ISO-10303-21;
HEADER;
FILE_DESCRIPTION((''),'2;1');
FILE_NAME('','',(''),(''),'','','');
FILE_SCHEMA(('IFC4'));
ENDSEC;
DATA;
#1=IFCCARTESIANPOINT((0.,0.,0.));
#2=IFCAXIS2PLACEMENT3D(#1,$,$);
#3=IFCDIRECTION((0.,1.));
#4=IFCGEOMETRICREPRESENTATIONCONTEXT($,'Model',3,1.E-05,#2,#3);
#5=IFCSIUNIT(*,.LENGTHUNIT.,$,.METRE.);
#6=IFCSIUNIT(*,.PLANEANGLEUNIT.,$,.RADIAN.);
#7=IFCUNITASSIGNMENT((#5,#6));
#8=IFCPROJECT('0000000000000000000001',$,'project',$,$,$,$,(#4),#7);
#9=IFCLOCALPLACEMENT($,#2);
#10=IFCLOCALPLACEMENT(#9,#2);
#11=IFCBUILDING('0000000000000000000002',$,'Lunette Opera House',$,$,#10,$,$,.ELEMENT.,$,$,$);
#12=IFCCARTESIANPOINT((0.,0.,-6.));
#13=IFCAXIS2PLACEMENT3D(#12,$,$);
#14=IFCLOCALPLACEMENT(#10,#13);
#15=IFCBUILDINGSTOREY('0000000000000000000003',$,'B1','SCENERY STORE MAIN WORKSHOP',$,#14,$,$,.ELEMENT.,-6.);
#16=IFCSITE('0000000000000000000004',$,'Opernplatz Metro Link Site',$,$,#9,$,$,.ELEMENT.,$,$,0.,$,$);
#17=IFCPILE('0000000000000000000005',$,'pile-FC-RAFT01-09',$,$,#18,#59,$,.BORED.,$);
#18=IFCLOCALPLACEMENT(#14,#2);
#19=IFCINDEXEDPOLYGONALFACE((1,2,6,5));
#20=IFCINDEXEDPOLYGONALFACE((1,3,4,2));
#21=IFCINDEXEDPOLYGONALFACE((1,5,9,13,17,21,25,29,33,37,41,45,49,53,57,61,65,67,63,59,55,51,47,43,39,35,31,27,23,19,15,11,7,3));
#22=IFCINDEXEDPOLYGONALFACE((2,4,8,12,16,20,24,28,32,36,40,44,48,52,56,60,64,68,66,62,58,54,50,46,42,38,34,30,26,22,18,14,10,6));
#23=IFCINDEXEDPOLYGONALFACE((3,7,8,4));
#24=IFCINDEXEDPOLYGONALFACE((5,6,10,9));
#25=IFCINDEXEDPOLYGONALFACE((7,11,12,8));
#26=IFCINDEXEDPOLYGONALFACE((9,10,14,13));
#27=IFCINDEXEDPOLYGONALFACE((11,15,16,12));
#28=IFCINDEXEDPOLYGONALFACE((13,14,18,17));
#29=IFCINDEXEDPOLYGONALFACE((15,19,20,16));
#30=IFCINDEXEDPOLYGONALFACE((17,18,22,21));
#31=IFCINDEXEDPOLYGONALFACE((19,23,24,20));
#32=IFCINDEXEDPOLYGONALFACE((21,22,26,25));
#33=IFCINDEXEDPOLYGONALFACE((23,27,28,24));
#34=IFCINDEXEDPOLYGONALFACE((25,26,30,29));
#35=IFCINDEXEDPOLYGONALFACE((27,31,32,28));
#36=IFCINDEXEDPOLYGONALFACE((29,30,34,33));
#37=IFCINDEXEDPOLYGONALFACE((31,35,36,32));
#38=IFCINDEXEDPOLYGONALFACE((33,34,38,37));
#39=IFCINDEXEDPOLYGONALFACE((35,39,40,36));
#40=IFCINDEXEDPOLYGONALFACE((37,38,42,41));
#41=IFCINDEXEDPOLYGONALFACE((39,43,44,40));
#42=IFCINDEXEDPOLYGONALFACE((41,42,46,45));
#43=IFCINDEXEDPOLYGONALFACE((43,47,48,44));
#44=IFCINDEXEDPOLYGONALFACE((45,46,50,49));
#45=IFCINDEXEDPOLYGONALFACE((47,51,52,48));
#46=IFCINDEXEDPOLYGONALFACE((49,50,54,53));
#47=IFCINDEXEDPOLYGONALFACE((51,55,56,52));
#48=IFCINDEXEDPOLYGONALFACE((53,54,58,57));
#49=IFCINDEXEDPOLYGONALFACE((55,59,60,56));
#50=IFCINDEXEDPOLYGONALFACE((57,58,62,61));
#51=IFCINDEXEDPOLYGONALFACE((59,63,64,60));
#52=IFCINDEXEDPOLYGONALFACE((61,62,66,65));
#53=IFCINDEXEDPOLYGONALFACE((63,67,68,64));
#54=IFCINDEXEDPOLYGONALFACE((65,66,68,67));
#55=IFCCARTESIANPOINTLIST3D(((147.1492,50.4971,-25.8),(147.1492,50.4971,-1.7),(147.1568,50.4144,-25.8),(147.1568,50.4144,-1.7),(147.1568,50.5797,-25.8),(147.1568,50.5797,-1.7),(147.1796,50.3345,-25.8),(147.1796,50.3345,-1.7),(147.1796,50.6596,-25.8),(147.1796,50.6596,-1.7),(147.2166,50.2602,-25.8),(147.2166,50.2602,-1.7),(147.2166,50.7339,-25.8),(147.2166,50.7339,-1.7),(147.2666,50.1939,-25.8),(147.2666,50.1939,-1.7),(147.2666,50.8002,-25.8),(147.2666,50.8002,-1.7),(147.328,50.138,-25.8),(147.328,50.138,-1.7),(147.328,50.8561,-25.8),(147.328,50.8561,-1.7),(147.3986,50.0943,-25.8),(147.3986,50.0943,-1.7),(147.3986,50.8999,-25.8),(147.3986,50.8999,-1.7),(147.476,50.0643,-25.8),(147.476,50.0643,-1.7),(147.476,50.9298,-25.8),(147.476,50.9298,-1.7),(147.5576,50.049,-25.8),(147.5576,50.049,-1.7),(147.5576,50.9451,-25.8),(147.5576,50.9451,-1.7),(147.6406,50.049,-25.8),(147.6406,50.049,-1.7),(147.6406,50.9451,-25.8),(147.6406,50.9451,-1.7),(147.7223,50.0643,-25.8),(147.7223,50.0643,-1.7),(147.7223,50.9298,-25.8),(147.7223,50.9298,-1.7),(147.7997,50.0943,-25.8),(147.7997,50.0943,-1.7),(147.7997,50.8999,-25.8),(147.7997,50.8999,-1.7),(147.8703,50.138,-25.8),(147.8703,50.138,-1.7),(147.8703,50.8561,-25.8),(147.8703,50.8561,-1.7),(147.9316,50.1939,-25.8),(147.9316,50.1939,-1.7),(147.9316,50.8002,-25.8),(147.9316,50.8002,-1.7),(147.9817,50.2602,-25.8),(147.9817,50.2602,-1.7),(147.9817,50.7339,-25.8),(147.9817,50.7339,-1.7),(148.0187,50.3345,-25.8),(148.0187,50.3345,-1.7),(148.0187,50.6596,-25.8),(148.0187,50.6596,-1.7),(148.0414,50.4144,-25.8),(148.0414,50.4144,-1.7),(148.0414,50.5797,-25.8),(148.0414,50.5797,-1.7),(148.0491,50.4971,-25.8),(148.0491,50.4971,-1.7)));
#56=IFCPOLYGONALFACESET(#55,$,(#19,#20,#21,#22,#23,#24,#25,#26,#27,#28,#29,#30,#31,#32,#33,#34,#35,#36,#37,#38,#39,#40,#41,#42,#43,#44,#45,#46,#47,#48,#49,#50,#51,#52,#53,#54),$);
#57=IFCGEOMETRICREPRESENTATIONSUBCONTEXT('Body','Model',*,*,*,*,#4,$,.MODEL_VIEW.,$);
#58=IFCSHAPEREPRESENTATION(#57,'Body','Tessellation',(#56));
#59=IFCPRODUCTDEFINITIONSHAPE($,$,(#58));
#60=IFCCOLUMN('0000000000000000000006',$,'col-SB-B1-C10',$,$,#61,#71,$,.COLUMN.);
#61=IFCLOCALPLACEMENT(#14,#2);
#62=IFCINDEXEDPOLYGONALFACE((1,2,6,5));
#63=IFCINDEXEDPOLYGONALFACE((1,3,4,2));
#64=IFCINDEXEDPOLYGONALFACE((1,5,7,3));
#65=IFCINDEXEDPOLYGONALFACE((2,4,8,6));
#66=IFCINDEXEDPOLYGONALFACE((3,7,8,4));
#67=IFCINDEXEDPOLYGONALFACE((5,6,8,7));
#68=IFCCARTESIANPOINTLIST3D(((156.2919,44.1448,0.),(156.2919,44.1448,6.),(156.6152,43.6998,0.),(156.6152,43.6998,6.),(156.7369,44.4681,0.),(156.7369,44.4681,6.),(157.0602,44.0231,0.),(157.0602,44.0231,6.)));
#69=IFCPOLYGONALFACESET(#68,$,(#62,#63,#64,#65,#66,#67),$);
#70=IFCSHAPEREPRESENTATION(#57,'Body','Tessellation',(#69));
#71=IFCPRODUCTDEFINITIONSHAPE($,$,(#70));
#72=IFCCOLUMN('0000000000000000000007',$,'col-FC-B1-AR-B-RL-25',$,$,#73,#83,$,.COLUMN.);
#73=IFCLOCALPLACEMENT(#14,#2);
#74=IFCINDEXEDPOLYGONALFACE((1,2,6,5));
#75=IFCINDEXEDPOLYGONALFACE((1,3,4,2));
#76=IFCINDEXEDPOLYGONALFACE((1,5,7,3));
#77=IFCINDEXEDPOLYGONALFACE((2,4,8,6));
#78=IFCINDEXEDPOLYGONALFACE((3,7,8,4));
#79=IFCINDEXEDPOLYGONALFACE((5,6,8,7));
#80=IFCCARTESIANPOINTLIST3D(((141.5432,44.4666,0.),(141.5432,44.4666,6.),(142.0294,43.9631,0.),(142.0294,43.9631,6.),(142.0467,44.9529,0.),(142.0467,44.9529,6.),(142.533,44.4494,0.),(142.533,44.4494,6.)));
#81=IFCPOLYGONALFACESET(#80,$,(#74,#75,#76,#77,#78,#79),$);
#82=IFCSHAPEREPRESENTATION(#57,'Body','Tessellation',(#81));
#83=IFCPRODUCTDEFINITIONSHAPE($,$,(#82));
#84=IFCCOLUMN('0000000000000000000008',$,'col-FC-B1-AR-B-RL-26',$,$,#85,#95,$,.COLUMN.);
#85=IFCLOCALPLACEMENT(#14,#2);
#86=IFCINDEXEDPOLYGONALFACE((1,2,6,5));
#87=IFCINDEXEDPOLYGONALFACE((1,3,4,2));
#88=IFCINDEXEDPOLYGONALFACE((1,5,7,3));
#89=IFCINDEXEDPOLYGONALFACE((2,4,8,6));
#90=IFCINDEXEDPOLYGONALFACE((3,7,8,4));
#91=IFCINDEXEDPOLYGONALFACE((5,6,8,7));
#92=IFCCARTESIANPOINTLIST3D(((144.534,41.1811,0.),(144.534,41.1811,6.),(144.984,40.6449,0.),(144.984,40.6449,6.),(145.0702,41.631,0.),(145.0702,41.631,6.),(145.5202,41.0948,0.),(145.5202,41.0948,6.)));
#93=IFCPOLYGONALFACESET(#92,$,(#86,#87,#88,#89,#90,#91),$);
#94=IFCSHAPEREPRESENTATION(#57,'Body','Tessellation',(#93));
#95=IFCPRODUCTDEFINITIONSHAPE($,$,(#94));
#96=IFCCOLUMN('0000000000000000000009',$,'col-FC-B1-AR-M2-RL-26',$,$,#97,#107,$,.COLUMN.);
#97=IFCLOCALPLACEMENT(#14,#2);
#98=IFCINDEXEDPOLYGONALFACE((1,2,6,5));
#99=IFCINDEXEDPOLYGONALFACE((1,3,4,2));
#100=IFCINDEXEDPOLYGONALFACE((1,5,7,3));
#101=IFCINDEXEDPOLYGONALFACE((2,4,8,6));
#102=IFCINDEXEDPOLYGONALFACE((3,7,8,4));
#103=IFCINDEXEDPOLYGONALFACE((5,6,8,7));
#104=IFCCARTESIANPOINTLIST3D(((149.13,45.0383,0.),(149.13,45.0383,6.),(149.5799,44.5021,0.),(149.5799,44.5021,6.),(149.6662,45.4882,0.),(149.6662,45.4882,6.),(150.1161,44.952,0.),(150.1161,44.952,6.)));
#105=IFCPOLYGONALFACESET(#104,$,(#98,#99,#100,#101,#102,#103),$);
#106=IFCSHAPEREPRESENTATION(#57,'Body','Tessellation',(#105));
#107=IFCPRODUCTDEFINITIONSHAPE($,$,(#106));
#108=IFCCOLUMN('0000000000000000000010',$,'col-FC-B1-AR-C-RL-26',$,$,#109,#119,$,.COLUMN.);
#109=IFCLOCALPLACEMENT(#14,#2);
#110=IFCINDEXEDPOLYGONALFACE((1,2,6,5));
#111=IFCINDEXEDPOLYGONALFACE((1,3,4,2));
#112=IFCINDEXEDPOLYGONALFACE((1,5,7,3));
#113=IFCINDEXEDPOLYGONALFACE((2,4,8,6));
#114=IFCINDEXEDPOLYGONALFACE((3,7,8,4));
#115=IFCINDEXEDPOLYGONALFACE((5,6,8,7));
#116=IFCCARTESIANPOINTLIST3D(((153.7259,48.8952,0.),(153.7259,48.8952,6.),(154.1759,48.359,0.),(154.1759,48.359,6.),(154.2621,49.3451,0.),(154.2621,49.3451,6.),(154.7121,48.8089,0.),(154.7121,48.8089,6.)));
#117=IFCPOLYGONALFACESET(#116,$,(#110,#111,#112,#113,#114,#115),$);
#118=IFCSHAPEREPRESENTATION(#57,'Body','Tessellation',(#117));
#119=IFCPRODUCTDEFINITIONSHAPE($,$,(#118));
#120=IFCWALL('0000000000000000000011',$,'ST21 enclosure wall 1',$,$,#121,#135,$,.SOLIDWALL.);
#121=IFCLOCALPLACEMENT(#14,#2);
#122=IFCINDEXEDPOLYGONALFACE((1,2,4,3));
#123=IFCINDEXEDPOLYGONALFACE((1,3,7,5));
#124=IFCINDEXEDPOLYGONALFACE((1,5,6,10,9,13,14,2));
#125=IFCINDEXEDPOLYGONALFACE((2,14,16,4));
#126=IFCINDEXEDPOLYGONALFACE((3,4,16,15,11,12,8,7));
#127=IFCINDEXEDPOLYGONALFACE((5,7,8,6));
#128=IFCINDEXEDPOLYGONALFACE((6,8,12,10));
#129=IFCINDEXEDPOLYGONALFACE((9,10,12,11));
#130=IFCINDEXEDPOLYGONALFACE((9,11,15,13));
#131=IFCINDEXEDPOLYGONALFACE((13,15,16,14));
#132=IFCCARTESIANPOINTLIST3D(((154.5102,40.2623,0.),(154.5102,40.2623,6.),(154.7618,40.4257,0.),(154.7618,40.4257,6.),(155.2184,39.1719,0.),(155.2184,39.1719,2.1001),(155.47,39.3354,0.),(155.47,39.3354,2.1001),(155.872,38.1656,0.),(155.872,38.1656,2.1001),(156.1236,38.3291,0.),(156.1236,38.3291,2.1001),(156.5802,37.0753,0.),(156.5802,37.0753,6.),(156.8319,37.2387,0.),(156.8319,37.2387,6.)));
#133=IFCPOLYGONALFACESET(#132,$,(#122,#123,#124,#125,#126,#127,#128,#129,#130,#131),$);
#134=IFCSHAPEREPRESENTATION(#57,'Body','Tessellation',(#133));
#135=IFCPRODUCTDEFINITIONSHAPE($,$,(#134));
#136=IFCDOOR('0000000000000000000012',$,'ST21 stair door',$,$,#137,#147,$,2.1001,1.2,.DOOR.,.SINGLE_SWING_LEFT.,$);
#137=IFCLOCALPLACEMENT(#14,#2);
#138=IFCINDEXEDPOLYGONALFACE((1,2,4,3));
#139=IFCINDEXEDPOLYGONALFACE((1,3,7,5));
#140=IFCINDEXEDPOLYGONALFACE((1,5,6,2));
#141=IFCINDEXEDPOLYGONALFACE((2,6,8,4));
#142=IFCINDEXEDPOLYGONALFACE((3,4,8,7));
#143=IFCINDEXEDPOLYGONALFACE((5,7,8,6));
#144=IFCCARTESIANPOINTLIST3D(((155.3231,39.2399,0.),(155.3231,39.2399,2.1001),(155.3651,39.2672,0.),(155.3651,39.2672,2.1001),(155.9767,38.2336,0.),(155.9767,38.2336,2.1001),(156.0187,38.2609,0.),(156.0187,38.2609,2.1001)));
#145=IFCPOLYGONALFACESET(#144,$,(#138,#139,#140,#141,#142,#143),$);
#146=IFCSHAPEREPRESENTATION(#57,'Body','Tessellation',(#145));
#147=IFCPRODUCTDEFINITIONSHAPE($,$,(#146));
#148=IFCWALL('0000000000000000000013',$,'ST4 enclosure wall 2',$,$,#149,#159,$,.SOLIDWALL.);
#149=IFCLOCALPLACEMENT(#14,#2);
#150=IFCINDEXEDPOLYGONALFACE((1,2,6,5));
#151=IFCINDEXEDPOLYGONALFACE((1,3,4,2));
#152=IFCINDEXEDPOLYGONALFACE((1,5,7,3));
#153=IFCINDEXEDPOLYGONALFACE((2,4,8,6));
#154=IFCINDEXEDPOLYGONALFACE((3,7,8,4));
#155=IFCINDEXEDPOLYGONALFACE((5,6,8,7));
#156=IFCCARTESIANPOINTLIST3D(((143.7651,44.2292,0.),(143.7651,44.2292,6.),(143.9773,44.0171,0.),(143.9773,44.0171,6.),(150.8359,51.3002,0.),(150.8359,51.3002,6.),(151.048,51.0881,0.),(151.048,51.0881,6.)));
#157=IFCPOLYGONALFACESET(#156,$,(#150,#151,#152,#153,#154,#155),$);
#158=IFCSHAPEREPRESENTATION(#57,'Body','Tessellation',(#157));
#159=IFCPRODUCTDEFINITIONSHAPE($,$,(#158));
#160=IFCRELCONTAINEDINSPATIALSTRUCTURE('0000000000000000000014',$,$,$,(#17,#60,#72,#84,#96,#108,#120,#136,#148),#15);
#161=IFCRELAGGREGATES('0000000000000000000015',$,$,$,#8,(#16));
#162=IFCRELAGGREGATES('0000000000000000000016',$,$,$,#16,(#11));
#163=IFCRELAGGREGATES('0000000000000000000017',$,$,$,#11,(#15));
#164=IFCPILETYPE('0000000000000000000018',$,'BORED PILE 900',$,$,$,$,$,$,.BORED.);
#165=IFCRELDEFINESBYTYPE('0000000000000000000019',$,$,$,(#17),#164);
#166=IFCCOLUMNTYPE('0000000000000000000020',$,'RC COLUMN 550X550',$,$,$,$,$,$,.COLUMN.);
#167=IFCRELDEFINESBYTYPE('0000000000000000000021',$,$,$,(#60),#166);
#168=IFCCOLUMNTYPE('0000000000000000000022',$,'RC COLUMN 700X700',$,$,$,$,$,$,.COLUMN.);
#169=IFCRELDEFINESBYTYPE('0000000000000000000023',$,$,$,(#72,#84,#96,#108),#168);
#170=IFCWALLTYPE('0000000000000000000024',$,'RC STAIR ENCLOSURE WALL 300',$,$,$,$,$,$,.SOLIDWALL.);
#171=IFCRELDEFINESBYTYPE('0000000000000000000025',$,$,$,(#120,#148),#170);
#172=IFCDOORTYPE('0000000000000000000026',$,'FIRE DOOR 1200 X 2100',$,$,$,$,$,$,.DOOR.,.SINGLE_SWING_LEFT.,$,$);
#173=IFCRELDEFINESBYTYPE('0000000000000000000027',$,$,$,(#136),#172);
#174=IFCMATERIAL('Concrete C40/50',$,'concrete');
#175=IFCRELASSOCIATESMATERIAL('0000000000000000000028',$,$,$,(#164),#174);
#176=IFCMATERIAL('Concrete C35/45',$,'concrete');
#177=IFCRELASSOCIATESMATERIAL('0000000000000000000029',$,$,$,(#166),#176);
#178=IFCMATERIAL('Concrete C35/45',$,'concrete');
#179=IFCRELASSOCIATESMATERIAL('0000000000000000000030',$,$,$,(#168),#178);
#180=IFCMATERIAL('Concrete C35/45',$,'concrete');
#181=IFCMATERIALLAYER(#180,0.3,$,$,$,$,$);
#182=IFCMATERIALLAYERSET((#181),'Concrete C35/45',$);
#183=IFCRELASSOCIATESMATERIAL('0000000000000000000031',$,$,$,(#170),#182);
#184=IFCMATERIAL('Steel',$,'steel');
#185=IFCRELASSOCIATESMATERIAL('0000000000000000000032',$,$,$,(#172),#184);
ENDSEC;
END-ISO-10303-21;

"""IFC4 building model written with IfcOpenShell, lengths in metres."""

from ifc_helpers import new_model, si_unit, direction, frame, frame_2d, origin, origin_2d, place, context, subcontext, project, spatial, rectangle, circle, extrude, material, layer, layer_set, material_profile, profile_set, type_object, element, fill, save


model = new_model("IFC4")

# Units and contexts
model_context = context("Model", 3, precision=1e-05, world=origin(), true_north=direction((0.0, 1.0)))
body_context = subcontext(model_context, "Body", "Model", "MODEL_VIEW")
ifc_project = project(units=[si_unit("LENGTHUNIT", "METRE"), si_unit("PLANEANGLEUNIT", "RADIAN")], contexts=[model_context])

# Site, building, storey
site_placement = place(None, origin())
site = spatial("IfcSite", under=ifc_project, at=site_placement, Name="Opernplatz Metro Link Site", CompositionType="ELEMENT", RefElevation=0.0)
building_placement = place(site_placement, origin())
building = spatial("IfcBuilding", under=site, at=building_placement, Name="Lunette Opera House", CompositionType="ELEMENT")
storey_placement = place(building_placement, frame((0.0, 0.0, -6.0)))
storey = spatial("IfcBuildingStorey", under=building, at=storey_placement, Name="B1", Description="SCENERY STORE MAIN WORKSHOP", CompositionType="ELEMENT", Elevation=-6.0)

# Pile
ifc_material_1 = material(Name="Concrete C40/50", Category="concrete")
ifc_material_profile_1 = material_profile(ifc_material_1, circle(Radius=0.45, at=origin_2d()), Name="BORED PILE 900")
ifc_profile_set_1 = profile_set([ifc_material_profile_1], Name="Concrete C40/50")
pile_type = type_object("IfcPileType", Name="BORED PILE 900", PredefinedType="BORED", material=ifc_profile_set_1)
for number, where, z_axis, x_axis, name in (
    (1, (147.5991, 50.4971, -1.7), (0.0, 0.0, -1.0), (1.0, 0.0, 0.0), "pile-FC-RAFT01-09"),
):
    element("IfcPile", number, at=place(storey_placement, frame(where, z_axis=z_axis, x_axis=x_axis)), inside=storey, type_object=pile_type, Name=name, PredefinedType="BORED", context=body_context, shape_type="SweptSolid", body=[
        extrude(circle(Radius=0.45, at=origin_2d()), origin(), (0.0, 0.0, 1.0), 24.1001),
    ])

# Columns
ifc_material_2 = material(Name="Concrete C35/45", Category="concrete")
ifc_material_profile_2 = material_profile(ifc_material_2, rectangle(XDim=0.55, YDim=0.55, at=origin_2d()), Name="RC COLUMN 550X550")
ifc_profile_set_2 = profile_set([ifc_material_profile_2], Name="Concrete C35/45")
column_type_1 = type_object("IfcColumnType", Name="RC COLUMN 550X550", PredefinedType="COLUMN", material=ifc_profile_set_2)
column_placement = place(storey_placement, frame((156.676, 44.084, 0.0), z_axis=(0.0, 0.0, 1.0), x_axis=(0.587785, -0.809017, 0.0)))
element("IfcColumn", 2, at=column_placement, inside=storey, type_object=column_type_1, Name="col-SB-B1-C10", PredefinedType="COLUMN", context=body_context, shape_type="SweptSolid", body=[
    extrude(rectangle(XDim=0.55, YDim=0.55, at=origin_2d()), origin(), (0.0, 0.0, 1.0), 6.0),
])
ifc_material_3 = material(Name="Concrete C35/45", Category="concrete")
ifc_material_profile_3 = material_profile(ifc_material_3, rectangle(XDim=0.7, YDim=0.7, at=origin_2d()), Name="RC COLUMN 700X700")
ifc_profile_set_3 = profile_set([ifc_material_profile_3], Name="Concrete C35/45")
column_type_2 = type_object("IfcColumnType", Name="RC COLUMN 700X700", PredefinedType="COLUMN", material=ifc_profile_set_3)
for number, where, z_axis, x_axis, name in (
    (3, (142.0381, 44.458, 0.0), (0.0, 0.0, 1.0), (0.694658, -0.71934, 0.0), "col-FC-B1-AR-B-RL-25"),
    (4, (145.0271, 41.1379, 0.0), (0.0, 0.0, 1.0), (0.642788, -0.766044, 0.0), "col-FC-B1-AR-B-RL-26"),
    (5, (149.623, 44.9951, 0.0), (0.0, 0.0, 1.0), (0.642788, -0.766044, 0.0), "col-FC-B1-AR-M2-RL-26"),
    (6, (154.219, 48.8521, 0.0), (0.0, 0.0, 1.0), (0.642788, -0.766044, 0.0), "col-FC-B1-AR-C-RL-26"),
):
    element("IfcColumn", number, at=place(storey_placement, frame(where, z_axis=z_axis, x_axis=x_axis)), inside=storey, type_object=column_type_2, Name=name, PredefinedType="COLUMN", context=body_context, shape_type="SweptSolid", body=[
        extrude(rectangle(XDim=0.7, YDim=0.7, at=origin_2d()), origin(), (0.0, 0.0, 1.0), 6.0),
    ])

# Wall, opening, door
ifc_material_4 = material(Name="Concrete C35/45", Category="concrete")
ifc_layer = layer(ifc_material_4, 0.3)
ifc_layer_set = layer_set([ifc_layer], Name="Concrete C35/45")
wall_type = type_object("IfcWallType", Name="RC STAIR ENCLOSURE WALL 300", PredefinedType="SOLIDWALL", material=ifc_layer_set)
wall_1_placement = place(storey_placement, frame((154.636, 40.344, 0.0), z_axis=(0.0, 0.0, 1.0), x_axis=(0.544713, -0.838623, 0.0)))
wall_1 = element("IfcWall", 7, at=wall_1_placement, inside=storey, type_object=wall_type, Name="ST21 enclosure wall 1", PredefinedType="SOLIDWALL", context=body_context, shape_type="SweptSolid", body=[
    extrude(rectangle(XDim=3.8003, YDim=0.3, at=frame_2d((1.9001, 0.0))), origin(), (0.0, 0.0, 1.0), 6.0),
])
opening_placement = place(wall_1_placement, frame((1.3, 0.0, 0.0)))
opening = element("IfcOpeningElement", 8, at=opening_placement, cuts=wall_1, PredefinedType="OPENING", context=body_context, shape_type="SweptSolid", body=[
    extrude(rectangle(XDim=1.2, YDim=2.1001, at=frame_2d((0.6001, 1.05))), frame((0.0, 0.1621, 0.0), z_axis=(0.0, -1.0, 0.0), x_axis=(1.0, 0.0, 0.0)), (0.0, 0.0, 1.0), 0.324),
])
ifc_material_5 = material(Name="Steel", Category="steel")
door_type = type_object("IfcDoorType", Name="FIRE DOOR 1200 X 2100", OperationType="SINGLE_SWING_LEFT", PredefinedType="DOOR", material=ifc_material_5)
door_placement = place(opening_placement, origin())
door = element("IfcDoor", 9, at=door_placement, inside=storey, type_object=door_type, Name="ST21 stair door", OperationType="SINGLE_SWING_LEFT", OverallHeight=2.1001, OverallWidth=1.2, PredefinedType="DOOR", context=body_context, shape_type="SweptSolid", body=[
    extrude(rectangle(XDim=1.2, YDim=2.1001, at=frame_2d((0.6001, 1.05))), frame((0.0, 0.0249, 0.0), z_axis=(0.0, -1.0, 0.0), x_axis=(1.0, 0.0, 0.0)), (0.0, 0.0, 1.0), 0.05),
])
fill(opening, door)

# Wall
wall_2_placement = place(storey_placement, frame((143.8711, 44.123, 0.0), z_axis=(0.0, 0.0, 1.0), x_axis=(0.707095, 0.707119, 0.0)))
element("IfcWall", 10, at=wall_2_placement, inside=storey, type_object=wall_type, Name="ST4 enclosure wall 2", PredefinedType="SOLIDWALL", context=body_context, shape_type="SweptSolid", body=[
    extrude(rectangle(XDim=9.9998, YDim=0.3, at=frame_2d((5.0, 0.0))), origin(), (0.0, 0.0, 1.0), 6.0),
])

save(model, "model.ifc")
